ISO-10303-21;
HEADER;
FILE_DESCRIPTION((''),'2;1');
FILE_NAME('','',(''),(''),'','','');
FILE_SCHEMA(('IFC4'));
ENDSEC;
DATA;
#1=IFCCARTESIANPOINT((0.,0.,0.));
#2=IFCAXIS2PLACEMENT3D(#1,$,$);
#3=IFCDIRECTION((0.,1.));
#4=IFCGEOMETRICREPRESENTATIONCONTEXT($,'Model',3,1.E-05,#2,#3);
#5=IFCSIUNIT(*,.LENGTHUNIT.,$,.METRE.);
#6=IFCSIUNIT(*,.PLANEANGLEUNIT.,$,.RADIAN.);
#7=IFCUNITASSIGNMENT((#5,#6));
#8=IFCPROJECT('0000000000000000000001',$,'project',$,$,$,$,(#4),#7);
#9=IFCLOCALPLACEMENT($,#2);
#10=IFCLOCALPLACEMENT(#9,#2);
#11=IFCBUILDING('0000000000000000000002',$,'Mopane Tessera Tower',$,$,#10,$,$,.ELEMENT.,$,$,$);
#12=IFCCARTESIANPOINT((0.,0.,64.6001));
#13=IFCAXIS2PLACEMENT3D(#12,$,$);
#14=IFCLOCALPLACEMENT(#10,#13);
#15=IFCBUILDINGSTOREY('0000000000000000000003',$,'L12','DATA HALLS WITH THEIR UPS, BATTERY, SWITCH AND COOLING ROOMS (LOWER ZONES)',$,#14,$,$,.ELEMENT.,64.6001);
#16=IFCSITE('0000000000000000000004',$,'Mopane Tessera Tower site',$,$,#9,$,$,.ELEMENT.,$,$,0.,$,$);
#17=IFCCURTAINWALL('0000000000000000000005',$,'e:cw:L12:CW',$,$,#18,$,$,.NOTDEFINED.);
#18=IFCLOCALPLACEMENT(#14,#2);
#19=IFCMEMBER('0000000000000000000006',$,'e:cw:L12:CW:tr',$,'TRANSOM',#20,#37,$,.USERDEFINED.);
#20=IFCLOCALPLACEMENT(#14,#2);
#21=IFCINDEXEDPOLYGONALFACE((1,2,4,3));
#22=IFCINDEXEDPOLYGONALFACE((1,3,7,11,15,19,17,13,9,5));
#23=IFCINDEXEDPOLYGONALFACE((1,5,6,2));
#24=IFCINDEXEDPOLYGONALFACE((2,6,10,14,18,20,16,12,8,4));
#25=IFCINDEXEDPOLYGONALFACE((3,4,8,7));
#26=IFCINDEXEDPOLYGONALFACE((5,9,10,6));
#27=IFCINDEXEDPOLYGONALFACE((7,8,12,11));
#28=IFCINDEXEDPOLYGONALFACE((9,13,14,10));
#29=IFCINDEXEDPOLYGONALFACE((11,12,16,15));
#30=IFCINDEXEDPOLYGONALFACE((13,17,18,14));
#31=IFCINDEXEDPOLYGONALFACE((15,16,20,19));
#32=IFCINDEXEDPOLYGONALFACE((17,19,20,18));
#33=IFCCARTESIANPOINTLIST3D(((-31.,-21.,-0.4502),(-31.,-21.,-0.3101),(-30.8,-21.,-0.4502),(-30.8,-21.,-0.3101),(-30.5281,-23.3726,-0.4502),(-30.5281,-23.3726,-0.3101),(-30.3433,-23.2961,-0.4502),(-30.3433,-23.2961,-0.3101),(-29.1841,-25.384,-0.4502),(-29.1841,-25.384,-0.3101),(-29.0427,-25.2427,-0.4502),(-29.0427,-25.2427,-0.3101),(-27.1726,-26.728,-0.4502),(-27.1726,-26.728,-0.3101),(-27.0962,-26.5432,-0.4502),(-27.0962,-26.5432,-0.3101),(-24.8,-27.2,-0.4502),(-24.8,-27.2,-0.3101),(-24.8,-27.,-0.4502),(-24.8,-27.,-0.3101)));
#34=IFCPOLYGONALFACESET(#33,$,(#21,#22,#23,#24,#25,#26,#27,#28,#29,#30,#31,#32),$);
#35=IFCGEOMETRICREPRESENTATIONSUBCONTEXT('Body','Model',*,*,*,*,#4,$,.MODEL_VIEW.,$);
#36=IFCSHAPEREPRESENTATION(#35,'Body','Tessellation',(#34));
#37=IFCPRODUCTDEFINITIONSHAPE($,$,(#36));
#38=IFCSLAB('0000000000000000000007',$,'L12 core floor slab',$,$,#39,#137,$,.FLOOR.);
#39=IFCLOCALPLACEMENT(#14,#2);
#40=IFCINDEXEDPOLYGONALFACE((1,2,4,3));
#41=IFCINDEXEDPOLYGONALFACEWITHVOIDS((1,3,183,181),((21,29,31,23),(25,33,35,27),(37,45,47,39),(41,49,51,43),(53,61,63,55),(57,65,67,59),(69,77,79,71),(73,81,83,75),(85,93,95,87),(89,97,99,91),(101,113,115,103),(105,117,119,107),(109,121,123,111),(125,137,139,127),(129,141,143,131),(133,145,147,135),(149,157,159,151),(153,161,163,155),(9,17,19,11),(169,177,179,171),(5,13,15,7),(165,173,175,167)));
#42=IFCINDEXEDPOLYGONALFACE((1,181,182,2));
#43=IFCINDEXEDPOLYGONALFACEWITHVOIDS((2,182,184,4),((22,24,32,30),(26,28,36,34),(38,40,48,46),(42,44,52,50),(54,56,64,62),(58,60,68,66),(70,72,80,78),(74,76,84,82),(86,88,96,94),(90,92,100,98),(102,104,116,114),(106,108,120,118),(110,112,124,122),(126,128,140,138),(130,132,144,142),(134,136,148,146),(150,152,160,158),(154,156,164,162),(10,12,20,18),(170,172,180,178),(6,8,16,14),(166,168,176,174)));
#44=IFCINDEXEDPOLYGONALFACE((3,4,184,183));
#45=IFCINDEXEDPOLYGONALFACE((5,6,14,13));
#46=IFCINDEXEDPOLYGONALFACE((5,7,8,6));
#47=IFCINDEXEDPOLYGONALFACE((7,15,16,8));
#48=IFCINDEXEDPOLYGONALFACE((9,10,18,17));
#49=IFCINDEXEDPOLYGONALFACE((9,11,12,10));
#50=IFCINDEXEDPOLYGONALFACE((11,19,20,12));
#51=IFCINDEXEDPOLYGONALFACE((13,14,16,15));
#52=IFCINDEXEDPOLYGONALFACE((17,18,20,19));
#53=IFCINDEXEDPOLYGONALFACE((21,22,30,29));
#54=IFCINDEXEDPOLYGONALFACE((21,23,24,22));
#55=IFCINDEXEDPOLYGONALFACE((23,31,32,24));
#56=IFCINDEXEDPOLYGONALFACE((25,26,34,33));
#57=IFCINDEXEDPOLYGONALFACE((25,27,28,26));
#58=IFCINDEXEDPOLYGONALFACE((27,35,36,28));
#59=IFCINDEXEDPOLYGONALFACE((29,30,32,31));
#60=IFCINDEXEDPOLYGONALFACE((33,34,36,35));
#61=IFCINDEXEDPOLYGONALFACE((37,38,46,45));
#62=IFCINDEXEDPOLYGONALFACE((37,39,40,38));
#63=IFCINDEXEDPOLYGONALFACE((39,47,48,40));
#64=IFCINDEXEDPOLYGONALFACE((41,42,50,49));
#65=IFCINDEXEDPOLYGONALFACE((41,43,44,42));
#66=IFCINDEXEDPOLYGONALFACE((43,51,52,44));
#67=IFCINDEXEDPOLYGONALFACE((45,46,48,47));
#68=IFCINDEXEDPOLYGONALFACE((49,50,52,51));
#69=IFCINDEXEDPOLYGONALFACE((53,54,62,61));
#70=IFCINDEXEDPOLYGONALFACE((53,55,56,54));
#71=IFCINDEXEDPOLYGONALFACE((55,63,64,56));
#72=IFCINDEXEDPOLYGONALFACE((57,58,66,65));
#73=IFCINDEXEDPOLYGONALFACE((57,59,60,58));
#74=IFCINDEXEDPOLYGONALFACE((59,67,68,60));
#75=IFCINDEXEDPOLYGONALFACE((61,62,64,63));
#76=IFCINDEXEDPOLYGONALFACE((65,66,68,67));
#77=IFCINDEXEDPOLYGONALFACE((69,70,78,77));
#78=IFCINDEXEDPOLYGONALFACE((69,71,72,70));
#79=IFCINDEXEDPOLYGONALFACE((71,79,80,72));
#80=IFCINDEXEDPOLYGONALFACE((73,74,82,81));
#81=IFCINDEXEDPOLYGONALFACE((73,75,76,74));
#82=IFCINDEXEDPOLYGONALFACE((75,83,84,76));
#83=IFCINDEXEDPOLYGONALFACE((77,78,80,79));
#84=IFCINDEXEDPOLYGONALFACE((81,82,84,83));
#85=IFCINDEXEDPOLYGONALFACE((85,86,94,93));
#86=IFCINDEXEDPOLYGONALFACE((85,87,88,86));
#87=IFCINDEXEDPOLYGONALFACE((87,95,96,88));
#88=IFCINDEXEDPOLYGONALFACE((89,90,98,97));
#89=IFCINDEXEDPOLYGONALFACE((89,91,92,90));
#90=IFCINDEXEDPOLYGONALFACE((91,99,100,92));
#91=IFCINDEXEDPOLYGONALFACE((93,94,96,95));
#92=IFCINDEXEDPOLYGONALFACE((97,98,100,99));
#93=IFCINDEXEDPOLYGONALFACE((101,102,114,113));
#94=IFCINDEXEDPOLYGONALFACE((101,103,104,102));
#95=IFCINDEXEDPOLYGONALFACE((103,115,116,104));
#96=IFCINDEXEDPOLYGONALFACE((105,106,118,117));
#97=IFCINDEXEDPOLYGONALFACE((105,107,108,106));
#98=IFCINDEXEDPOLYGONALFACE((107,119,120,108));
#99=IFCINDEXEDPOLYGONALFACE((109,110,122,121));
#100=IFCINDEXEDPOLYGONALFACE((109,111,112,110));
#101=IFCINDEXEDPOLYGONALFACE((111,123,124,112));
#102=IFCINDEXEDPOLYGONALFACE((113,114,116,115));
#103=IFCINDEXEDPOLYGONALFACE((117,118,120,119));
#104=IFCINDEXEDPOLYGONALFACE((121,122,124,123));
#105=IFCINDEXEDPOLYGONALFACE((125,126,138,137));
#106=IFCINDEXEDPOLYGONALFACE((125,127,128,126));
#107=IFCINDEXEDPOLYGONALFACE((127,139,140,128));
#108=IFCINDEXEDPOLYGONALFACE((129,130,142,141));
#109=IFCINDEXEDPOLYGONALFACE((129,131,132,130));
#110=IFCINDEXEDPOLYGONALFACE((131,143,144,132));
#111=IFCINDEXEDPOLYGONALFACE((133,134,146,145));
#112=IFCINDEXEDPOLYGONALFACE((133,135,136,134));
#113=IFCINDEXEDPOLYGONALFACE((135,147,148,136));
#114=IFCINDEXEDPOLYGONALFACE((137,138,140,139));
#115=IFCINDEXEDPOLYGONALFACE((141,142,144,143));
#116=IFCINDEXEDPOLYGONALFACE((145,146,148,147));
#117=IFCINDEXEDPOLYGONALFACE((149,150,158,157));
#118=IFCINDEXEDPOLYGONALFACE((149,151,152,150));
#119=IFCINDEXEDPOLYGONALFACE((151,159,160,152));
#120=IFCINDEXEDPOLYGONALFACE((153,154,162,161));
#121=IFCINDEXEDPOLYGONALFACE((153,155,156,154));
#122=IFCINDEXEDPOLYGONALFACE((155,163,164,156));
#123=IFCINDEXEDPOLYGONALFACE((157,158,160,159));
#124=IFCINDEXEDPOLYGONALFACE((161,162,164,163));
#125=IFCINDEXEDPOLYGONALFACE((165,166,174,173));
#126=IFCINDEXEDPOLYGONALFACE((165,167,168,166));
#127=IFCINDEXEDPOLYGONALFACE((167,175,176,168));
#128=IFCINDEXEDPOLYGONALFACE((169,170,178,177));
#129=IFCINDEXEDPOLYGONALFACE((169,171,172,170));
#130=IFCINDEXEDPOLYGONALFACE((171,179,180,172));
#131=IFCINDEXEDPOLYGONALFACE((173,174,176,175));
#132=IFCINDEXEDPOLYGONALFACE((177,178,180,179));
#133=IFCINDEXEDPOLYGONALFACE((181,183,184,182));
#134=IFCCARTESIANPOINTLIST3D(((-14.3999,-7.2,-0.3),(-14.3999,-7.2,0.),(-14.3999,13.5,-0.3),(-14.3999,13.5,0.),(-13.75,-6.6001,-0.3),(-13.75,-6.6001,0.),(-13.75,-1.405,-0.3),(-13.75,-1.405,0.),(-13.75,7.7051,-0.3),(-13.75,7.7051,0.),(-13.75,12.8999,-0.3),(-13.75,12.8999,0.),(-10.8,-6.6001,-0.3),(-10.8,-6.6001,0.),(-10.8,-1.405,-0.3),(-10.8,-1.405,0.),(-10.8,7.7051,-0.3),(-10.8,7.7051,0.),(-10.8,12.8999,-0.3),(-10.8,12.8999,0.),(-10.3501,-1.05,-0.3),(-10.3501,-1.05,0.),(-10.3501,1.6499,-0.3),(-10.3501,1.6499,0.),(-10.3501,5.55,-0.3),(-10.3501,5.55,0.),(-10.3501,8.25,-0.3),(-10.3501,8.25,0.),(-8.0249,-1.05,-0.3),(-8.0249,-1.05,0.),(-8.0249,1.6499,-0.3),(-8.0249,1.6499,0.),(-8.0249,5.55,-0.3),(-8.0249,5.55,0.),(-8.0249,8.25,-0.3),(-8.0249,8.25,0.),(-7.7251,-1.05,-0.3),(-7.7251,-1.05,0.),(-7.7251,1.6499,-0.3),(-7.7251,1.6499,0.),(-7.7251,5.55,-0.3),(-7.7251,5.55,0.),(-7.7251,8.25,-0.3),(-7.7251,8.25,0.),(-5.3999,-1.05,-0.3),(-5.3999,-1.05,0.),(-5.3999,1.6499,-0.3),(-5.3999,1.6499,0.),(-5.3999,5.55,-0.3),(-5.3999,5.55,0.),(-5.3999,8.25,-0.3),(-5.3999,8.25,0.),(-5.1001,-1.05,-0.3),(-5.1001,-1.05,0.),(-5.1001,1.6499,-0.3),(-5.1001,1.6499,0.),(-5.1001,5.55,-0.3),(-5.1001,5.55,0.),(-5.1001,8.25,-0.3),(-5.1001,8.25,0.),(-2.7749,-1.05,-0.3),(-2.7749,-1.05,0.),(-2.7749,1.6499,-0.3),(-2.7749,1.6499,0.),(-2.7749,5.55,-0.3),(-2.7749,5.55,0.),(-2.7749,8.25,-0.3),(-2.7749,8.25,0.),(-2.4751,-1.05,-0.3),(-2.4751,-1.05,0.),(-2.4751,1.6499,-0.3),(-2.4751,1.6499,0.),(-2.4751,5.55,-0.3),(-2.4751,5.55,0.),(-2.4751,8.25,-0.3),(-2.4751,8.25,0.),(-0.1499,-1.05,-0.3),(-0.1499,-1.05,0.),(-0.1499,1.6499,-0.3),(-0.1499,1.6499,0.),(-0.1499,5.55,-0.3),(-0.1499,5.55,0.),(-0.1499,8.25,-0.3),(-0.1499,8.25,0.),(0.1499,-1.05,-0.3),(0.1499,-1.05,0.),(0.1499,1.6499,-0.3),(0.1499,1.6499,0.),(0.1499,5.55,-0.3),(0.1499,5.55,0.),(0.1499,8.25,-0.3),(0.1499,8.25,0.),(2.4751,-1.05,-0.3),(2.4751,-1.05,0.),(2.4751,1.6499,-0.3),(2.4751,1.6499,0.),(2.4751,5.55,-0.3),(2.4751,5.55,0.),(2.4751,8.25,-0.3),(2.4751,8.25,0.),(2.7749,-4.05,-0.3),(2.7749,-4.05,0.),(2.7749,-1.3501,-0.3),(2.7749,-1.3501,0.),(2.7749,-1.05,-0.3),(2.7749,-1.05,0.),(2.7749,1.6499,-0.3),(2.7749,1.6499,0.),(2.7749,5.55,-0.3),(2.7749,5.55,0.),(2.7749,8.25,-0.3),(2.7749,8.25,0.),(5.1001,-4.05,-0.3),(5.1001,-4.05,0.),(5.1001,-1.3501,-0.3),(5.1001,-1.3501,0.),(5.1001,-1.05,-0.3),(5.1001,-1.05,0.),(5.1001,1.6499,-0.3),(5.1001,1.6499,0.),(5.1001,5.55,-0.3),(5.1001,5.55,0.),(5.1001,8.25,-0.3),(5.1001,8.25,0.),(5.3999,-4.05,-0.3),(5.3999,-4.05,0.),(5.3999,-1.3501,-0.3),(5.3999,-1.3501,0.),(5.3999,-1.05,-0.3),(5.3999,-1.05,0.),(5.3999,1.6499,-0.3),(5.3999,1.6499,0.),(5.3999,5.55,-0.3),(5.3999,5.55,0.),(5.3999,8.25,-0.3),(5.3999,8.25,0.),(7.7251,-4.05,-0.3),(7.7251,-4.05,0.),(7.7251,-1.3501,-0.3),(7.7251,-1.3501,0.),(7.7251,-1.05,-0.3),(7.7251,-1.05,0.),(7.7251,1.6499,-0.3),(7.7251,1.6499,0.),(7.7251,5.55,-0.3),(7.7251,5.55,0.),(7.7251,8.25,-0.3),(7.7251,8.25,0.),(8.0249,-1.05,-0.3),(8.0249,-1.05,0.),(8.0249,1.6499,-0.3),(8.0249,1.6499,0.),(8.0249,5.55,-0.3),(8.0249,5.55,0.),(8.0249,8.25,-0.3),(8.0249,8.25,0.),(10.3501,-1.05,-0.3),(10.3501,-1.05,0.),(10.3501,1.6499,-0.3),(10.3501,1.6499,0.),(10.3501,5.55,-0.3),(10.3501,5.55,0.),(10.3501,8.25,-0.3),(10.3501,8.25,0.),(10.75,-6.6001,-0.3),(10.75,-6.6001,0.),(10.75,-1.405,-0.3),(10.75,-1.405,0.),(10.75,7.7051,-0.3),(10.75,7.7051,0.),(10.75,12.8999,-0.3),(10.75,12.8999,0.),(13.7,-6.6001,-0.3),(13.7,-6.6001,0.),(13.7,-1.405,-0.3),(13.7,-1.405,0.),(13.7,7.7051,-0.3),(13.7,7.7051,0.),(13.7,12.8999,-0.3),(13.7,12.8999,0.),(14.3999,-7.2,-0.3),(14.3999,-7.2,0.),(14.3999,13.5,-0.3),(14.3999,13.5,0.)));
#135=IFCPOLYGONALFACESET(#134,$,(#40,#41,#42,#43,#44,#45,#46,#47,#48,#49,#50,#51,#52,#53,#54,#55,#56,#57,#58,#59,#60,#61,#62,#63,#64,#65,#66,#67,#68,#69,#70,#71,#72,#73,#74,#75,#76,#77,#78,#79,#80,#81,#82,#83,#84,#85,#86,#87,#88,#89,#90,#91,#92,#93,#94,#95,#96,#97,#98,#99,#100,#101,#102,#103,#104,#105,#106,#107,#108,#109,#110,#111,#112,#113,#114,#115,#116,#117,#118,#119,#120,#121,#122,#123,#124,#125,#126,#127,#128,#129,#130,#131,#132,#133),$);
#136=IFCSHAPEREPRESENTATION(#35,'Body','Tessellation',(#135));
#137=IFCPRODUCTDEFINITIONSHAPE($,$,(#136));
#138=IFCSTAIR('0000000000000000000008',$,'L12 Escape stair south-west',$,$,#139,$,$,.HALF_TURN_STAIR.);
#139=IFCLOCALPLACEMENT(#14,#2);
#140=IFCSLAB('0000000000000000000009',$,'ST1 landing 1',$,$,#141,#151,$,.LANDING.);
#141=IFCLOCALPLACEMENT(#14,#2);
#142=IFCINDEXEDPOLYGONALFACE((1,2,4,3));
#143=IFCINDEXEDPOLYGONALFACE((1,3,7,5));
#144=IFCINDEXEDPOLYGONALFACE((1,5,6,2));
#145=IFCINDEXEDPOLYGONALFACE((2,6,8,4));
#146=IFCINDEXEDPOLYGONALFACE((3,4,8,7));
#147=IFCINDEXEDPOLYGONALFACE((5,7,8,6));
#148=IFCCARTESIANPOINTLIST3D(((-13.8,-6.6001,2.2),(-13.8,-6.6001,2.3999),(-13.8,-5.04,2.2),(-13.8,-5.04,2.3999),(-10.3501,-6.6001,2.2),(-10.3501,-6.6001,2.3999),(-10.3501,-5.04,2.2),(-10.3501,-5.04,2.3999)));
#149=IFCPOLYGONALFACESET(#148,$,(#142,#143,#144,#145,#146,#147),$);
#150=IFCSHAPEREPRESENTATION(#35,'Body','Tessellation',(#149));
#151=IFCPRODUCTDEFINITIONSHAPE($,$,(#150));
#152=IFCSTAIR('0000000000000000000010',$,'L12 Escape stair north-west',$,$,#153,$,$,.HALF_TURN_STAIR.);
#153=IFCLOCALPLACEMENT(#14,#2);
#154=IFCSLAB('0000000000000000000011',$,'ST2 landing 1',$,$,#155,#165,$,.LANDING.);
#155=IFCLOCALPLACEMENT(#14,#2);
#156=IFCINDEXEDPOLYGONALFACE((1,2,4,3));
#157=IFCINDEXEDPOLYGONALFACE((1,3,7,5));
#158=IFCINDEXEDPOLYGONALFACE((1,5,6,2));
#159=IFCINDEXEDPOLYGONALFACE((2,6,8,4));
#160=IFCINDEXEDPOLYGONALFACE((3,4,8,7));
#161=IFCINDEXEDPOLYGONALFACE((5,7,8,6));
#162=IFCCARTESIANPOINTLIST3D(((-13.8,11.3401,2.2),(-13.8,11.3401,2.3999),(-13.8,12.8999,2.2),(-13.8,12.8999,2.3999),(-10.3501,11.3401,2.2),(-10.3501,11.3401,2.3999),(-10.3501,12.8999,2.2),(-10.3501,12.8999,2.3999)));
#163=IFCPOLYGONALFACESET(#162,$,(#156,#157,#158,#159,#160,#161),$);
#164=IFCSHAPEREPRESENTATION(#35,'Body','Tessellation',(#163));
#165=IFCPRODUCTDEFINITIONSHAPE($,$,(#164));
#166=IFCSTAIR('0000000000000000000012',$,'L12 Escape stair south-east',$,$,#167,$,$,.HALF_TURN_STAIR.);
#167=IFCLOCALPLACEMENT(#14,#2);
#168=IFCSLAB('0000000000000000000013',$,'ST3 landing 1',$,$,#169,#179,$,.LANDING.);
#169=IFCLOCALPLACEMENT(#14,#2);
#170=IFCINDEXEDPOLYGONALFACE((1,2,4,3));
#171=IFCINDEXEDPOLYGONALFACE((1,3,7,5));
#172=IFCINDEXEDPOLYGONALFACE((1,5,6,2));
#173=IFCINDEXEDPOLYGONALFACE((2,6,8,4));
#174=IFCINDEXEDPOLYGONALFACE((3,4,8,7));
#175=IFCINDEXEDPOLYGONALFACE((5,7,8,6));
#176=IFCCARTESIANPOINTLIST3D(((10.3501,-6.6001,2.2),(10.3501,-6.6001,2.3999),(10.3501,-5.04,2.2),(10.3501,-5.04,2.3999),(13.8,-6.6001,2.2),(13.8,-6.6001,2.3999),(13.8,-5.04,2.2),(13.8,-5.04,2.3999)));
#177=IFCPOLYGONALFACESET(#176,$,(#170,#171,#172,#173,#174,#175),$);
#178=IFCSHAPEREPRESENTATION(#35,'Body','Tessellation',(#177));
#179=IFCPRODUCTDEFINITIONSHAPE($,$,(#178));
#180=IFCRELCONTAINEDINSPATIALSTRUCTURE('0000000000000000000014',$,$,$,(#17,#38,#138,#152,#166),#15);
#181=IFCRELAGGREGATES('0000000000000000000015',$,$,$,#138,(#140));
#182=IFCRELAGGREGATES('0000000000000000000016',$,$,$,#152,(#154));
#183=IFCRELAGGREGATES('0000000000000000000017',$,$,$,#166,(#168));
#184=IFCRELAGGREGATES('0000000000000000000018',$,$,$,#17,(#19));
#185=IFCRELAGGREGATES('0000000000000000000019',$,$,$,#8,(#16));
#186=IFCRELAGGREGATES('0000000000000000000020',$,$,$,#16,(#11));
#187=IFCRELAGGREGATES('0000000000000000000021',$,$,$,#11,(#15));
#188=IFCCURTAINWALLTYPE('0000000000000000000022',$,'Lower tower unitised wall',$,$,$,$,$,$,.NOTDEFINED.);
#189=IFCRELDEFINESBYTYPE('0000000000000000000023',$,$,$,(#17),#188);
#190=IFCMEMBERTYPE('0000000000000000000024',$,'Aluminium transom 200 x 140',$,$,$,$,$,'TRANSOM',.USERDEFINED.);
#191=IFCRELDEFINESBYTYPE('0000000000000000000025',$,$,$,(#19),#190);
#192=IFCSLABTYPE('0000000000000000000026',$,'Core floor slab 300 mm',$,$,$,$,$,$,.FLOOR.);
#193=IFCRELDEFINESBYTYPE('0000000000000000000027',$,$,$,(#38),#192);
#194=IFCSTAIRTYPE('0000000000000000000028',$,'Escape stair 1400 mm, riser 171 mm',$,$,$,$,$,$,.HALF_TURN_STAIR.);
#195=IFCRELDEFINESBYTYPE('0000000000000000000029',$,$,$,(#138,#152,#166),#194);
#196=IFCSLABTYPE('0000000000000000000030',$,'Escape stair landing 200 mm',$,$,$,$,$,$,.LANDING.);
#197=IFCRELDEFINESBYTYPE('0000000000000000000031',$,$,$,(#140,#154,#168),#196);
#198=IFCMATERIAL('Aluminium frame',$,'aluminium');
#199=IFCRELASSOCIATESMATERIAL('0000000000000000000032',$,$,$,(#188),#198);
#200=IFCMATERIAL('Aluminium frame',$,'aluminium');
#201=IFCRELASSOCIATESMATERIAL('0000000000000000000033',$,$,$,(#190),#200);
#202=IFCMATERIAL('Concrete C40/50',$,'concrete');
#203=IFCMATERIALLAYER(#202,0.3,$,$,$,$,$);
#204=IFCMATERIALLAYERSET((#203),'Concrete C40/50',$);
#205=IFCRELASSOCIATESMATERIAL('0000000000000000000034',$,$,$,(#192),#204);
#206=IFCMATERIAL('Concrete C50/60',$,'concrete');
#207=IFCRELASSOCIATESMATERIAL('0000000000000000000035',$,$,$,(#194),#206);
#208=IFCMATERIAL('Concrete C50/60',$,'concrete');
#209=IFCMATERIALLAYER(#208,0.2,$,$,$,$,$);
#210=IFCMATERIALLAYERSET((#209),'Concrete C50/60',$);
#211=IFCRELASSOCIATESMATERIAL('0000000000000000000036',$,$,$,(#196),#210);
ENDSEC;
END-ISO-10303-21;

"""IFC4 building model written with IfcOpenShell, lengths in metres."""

from ifc_helpers import new_model, si_unit, direction, frame, origin, origin_2d, place, context, subcontext, project, spatial, polyline, rectangle, outline, extrude, material, layer, layer_set, material_profile, profile_set, type_object, element, aggregate, save


model = new_model("IFC4")

# Units and contexts
model_context = context("Model", 3, precision=1e-05, world=origin(), true_north=direction((0.0, 1.0)))
body_context = subcontext(model_context, "Body", "Model", "MODEL_VIEW")
ifc_project = project(units=[si_unit("LENGTHUNIT", "METRE"), si_unit("PLANEANGLEUNIT", "RADIAN")], contexts=[model_context])

# Site, building, storey
site_placement = place(None, origin())
site = spatial("IfcSite", under=ifc_project, at=site_placement, Name="Mopane Tessera Tower site", CompositionType="ELEMENT", RefElevation=0.0)
building_placement = place(site_placement, origin())
building = spatial("IfcBuilding", under=site, at=building_placement, Name="Mopane Tessera Tower", CompositionType="ELEMENT")
storey_placement = place(building_placement, frame((0.0, 0.0, 64.6001)))
storey = spatial("IfcBuildingStorey", under=building, at=storey_placement, Name="L12", Description="DATA HALLS WITH THEIR UPS, BATTERY, SWITCH AND COOLING ROOMS (LOWER ZONES)", CompositionType="ELEMENT", Elevation=64.6001)

# Curtain wall, member
ifc_material_1 = material(Name="Aluminium frame", Category="aluminium")
curtain_wall_type = type_object("IfcCurtainWallType", Name="Lower tower unitised wall", PredefinedType="NOTDEFINED", material=ifc_material_1)
curtain_wall_1_placement = place(storey_placement, origin())
curtain_wall_1 = element("IfcCurtainWall", 1, at=curtain_wall_1_placement, inside=storey, type_object=curtain_wall_type, Name="e:cw:L12:CW", PredefinedType="NOTDEFINED")
ifc_material_2 = material(Name="Aluminium frame", Category="aluminium")
ifc_material_profile = material_profile(ifc_material_2, rectangle(XDim=0.2, YDim=0.1399, at=origin_2d()))
ifc_profile_set = profile_set([ifc_material_profile], Name="Aluminium frame")
member_type = type_object("IfcMemberType", Name="Aluminium transom 200 x 140", ElementType="TRANSOM", PredefinedType="USERDEFINED", material=ifc_profile_set)
member_placement = place(storey_placement, frame((0.0, 0.0, -0.4502)))
member = element("IfcMember", 2, at=member_placement, type_object=member_type, Name="e:cw:L12:CW:tr", ObjectType="TRANSOM", PredefinedType="USERDEFINED", context=body_context, shape_type="SweptSolid", body=[
    extrude(outline(polyline([(-30.8, -21.0), (-30.3433, -23.2961), (-29.0427, -25.2427), (-27.0962, -26.5432), (-24.8, -27.0), (-24.8, -27.2), (-27.1726, -26.728), (-29.1841, -25.384), (-30.5281, -23.3726), (-31.0, -21.0), (-30.8, -21.0)])), origin(), (0.0, 0.0, 1.0), 0.1401),
])

# Slab
ifc_material_3 = material(Name="Concrete C40/50", Category="concrete")
ifc_layer_1 = layer(ifc_material_3, 0.3)
ifc_layer_set_1 = layer_set([ifc_layer_1], Name="Concrete C40/50")
slab_type_1 = type_object("IfcSlabType", Name="Core floor slab 300 mm", PredefinedType="FLOOR", material=ifc_layer_set_1)
slab_1_placement = place(storey_placement, frame((0.0, 0.0, -0.3)))
element("IfcSlab", 3, at=slab_1_placement, inside=storey, type_object=slab_type_1, Name="L12 core floor slab", PredefinedType="FLOOR", context=body_context, shape_type="SweptSolid", body=[
    extrude(outline(polyline([(-14.3999, -7.2), (14.3999, -7.2), (14.3999, 13.5), (-14.3999, 13.5), (-14.3999, -7.2)]), holes=[polyline([(-10.3501, -1.05), (-8.0249, -1.05), (-8.0249, 1.6499), (-10.3501, 1.6499), (-10.3501, -1.05)]), polyline([(-7.7251, -1.05), (-5.3999, -1.05), (-5.3999, 1.6499), (-7.7251, 1.6499), (-7.7251, -1.05)]), polyline([(-5.1001, -1.05), (-2.7749, -1.05), (-2.7749, 1.6499), (-5.1001, 1.6499), (-5.1001, -1.05)]), polyline([(-2.4751, -1.05), (-0.1499, -1.05), (-0.1499, 1.6499), (-2.4751, 1.6499), (-2.4751, -1.05)]), polyline([(0.1499, -1.05), (2.4751, -1.05), (2.4751, 1.6499), (0.1499, 1.6499), (0.1499, -1.05)]), polyline([(2.7749, -1.05), (5.1001, -1.05), (5.1001, 1.6499), (2.7749, 1.6499), (2.7749, -1.05)]), polyline([(5.3999, -1.05), (7.7251, -1.05), (7.7251, 1.6499), (5.3999, 1.6499), (5.3999, -1.05)]), polyline([(8.0249, -1.05), (10.3501, -1.05), (10.3501, 1.6499), (8.0249, 1.6499), (8.0249, -1.05)]), polyline([(-10.3501, 5.55), (-8.0249, 5.55), (-8.0249, 8.25), (-10.3501, 8.25), (-10.3501, 5.55)]), polyline([(-7.7251, 5.55), (-5.3999, 5.55), (-5.3999, 8.25), (-7.7251, 8.25), (-7.7251, 5.55)]), polyline([(-5.1001, 5.55), (-2.7749, 5.55), (-2.7749, 8.25), (-5.1001, 8.25), (-5.1001, 5.55)]), polyline([(-2.4751, 5.55), (-0.1499, 5.55), (-0.1499, 8.25), (-2.4751, 8.25), (-2.4751, 5.55)]), polyline([(0.1499, 5.55), (2.4751, 5.55), (2.4751, 8.25), (0.1499, 8.25), (0.1499, 5.55)]), polyline([(2.7749, 5.55), (5.1001, 5.55), (5.1001, 8.25), (2.7749, 8.25), (2.7749, 5.55)]), polyline([(5.3999, 5.55), (7.7251, 5.55), (7.7251, 8.25), (5.3999, 8.25), (5.3999, 5.55)]), polyline([(8.0249, 5.55), (10.3501, 5.55), (10.3501, 8.25), (8.0249, 8.25), (8.0249, 5.55)]), polyline([(2.7749, -4.05), (5.1001, -4.05), (5.1001, -1.3501), (2.7749, -1.3501), (2.7749, -4.05)]), polyline([(5.3999, -4.05), (7.7251, -4.05), (7.7251, -1.3501), (5.3999, -1.3501), (5.3999, -4.05)]), polyline([(-13.75, -1.405), (-13.75, -6.6001), (-10.8, -6.6001), (-10.8, -1.405), (-13.75, -1.405)]), polyline([(-10.8, 7.7051), (-10.8, 12.8999), (-13.75, 12.8999), (-13.75, 7.7051), (-10.8, 7.7051)]), polyline([(10.75, -1.405), (10.75, -6.6001), (13.7, -6.6001), (13.7, -1.405), (10.75, -1.405)]), polyline([(13.7, 7.7051), (13.7, 12.8999), (10.75, 12.8999), (10.75, 7.7051), (13.7, 7.7051)])]), origin(), (0.0, 0.0, 1.0), 0.3),
])

# Stairs, slabs
ifc_material_4 = material(Name="Concrete C50/60", Category="concrete")
stair_type = type_object("IfcStairType", Name="Escape stair 1400 mm, riser 171 mm", PredefinedType="HALF_TURN_STAIR", material=ifc_material_4)
stair_1_placement = place(storey_placement, origin())
stair_1 = element("IfcStair", 4, at=stair_1_placement, inside=storey, type_object=stair_type, Name="L12 Escape stair south-west", PredefinedType="HALF_TURN_STAIR")
ifc_material_5 = material(Name="Concrete C50/60", Category="concrete")
ifc_layer_2 = layer(ifc_material_5, 0.2)
ifc_layer_set_2 = layer_set([ifc_layer_2], Name="Concrete C50/60")
slab_type_2 = type_object("IfcSlabType", Name="Escape stair landing 200 mm", PredefinedType="LANDING", material=ifc_layer_set_2)
slab_2_placement = place(storey_placement, frame((0.0, 0.0, 2.2)))
slab_2 = element("IfcSlab", 5, at=slab_2_placement, type_object=slab_type_2, Name="ST1 landing 1", PredefinedType="LANDING", context=body_context, shape_type="SweptSolid", body=[
    extrude(outline(polyline([(-13.8, -5.04), (-13.8, -6.6001), (-10.3501, -6.6001), (-10.3501, -5.04), (-13.8, -5.04)])), origin(), (0.0, 0.0, 1.0), 0.2),
])
aggregate(stair_1, [slab_2])
stair_2_placement = place(storey_placement, origin())
stair_2 = element("IfcStair", 6, at=stair_2_placement, inside=storey, type_object=stair_type, Name="L12 Escape stair north-west", PredefinedType="HALF_TURN_STAIR")
slab_3_placement = place(storey_placement, frame((0.0, 0.0, 2.2)))
slab_3 = element("IfcSlab", 7, at=slab_3_placement, type_object=slab_type_2, Name="ST2 landing 1", PredefinedType="LANDING", context=body_context, shape_type="SweptSolid", body=[
    extrude(outline(polyline([(-10.3501, 11.3401), (-10.3501, 12.8999), (-13.8, 12.8999), (-13.8, 11.3401), (-10.3501, 11.3401)])), origin(), (0.0, 0.0, 1.0), 0.2),
])
aggregate(stair_2, [slab_3])
stair_3_placement = place(storey_placement, origin())
stair_3 = element("IfcStair", 8, at=stair_3_placement, inside=storey, type_object=stair_type, Name="L12 Escape stair south-east", PredefinedType="HALF_TURN_STAIR")
slab_4_placement = place(storey_placement, frame((0.0, 0.0, 2.2)))
slab_4 = element("IfcSlab", 9, at=slab_4_placement, type_object=slab_type_2, Name="ST3 landing 1", PredefinedType="LANDING", context=body_context, shape_type="SweptSolid", body=[
    extrude(outline(polyline([(10.3501, -5.04), (10.3501, -6.6001), (13.8, -6.6001), (13.8, -5.04), (10.3501, -5.04)])), origin(), (0.0, 0.0, 1.0), 0.2),
])
aggregate(stair_3, [slab_4])

aggregate(curtain_wall_1, [member])

save(model, "model.ifc")
